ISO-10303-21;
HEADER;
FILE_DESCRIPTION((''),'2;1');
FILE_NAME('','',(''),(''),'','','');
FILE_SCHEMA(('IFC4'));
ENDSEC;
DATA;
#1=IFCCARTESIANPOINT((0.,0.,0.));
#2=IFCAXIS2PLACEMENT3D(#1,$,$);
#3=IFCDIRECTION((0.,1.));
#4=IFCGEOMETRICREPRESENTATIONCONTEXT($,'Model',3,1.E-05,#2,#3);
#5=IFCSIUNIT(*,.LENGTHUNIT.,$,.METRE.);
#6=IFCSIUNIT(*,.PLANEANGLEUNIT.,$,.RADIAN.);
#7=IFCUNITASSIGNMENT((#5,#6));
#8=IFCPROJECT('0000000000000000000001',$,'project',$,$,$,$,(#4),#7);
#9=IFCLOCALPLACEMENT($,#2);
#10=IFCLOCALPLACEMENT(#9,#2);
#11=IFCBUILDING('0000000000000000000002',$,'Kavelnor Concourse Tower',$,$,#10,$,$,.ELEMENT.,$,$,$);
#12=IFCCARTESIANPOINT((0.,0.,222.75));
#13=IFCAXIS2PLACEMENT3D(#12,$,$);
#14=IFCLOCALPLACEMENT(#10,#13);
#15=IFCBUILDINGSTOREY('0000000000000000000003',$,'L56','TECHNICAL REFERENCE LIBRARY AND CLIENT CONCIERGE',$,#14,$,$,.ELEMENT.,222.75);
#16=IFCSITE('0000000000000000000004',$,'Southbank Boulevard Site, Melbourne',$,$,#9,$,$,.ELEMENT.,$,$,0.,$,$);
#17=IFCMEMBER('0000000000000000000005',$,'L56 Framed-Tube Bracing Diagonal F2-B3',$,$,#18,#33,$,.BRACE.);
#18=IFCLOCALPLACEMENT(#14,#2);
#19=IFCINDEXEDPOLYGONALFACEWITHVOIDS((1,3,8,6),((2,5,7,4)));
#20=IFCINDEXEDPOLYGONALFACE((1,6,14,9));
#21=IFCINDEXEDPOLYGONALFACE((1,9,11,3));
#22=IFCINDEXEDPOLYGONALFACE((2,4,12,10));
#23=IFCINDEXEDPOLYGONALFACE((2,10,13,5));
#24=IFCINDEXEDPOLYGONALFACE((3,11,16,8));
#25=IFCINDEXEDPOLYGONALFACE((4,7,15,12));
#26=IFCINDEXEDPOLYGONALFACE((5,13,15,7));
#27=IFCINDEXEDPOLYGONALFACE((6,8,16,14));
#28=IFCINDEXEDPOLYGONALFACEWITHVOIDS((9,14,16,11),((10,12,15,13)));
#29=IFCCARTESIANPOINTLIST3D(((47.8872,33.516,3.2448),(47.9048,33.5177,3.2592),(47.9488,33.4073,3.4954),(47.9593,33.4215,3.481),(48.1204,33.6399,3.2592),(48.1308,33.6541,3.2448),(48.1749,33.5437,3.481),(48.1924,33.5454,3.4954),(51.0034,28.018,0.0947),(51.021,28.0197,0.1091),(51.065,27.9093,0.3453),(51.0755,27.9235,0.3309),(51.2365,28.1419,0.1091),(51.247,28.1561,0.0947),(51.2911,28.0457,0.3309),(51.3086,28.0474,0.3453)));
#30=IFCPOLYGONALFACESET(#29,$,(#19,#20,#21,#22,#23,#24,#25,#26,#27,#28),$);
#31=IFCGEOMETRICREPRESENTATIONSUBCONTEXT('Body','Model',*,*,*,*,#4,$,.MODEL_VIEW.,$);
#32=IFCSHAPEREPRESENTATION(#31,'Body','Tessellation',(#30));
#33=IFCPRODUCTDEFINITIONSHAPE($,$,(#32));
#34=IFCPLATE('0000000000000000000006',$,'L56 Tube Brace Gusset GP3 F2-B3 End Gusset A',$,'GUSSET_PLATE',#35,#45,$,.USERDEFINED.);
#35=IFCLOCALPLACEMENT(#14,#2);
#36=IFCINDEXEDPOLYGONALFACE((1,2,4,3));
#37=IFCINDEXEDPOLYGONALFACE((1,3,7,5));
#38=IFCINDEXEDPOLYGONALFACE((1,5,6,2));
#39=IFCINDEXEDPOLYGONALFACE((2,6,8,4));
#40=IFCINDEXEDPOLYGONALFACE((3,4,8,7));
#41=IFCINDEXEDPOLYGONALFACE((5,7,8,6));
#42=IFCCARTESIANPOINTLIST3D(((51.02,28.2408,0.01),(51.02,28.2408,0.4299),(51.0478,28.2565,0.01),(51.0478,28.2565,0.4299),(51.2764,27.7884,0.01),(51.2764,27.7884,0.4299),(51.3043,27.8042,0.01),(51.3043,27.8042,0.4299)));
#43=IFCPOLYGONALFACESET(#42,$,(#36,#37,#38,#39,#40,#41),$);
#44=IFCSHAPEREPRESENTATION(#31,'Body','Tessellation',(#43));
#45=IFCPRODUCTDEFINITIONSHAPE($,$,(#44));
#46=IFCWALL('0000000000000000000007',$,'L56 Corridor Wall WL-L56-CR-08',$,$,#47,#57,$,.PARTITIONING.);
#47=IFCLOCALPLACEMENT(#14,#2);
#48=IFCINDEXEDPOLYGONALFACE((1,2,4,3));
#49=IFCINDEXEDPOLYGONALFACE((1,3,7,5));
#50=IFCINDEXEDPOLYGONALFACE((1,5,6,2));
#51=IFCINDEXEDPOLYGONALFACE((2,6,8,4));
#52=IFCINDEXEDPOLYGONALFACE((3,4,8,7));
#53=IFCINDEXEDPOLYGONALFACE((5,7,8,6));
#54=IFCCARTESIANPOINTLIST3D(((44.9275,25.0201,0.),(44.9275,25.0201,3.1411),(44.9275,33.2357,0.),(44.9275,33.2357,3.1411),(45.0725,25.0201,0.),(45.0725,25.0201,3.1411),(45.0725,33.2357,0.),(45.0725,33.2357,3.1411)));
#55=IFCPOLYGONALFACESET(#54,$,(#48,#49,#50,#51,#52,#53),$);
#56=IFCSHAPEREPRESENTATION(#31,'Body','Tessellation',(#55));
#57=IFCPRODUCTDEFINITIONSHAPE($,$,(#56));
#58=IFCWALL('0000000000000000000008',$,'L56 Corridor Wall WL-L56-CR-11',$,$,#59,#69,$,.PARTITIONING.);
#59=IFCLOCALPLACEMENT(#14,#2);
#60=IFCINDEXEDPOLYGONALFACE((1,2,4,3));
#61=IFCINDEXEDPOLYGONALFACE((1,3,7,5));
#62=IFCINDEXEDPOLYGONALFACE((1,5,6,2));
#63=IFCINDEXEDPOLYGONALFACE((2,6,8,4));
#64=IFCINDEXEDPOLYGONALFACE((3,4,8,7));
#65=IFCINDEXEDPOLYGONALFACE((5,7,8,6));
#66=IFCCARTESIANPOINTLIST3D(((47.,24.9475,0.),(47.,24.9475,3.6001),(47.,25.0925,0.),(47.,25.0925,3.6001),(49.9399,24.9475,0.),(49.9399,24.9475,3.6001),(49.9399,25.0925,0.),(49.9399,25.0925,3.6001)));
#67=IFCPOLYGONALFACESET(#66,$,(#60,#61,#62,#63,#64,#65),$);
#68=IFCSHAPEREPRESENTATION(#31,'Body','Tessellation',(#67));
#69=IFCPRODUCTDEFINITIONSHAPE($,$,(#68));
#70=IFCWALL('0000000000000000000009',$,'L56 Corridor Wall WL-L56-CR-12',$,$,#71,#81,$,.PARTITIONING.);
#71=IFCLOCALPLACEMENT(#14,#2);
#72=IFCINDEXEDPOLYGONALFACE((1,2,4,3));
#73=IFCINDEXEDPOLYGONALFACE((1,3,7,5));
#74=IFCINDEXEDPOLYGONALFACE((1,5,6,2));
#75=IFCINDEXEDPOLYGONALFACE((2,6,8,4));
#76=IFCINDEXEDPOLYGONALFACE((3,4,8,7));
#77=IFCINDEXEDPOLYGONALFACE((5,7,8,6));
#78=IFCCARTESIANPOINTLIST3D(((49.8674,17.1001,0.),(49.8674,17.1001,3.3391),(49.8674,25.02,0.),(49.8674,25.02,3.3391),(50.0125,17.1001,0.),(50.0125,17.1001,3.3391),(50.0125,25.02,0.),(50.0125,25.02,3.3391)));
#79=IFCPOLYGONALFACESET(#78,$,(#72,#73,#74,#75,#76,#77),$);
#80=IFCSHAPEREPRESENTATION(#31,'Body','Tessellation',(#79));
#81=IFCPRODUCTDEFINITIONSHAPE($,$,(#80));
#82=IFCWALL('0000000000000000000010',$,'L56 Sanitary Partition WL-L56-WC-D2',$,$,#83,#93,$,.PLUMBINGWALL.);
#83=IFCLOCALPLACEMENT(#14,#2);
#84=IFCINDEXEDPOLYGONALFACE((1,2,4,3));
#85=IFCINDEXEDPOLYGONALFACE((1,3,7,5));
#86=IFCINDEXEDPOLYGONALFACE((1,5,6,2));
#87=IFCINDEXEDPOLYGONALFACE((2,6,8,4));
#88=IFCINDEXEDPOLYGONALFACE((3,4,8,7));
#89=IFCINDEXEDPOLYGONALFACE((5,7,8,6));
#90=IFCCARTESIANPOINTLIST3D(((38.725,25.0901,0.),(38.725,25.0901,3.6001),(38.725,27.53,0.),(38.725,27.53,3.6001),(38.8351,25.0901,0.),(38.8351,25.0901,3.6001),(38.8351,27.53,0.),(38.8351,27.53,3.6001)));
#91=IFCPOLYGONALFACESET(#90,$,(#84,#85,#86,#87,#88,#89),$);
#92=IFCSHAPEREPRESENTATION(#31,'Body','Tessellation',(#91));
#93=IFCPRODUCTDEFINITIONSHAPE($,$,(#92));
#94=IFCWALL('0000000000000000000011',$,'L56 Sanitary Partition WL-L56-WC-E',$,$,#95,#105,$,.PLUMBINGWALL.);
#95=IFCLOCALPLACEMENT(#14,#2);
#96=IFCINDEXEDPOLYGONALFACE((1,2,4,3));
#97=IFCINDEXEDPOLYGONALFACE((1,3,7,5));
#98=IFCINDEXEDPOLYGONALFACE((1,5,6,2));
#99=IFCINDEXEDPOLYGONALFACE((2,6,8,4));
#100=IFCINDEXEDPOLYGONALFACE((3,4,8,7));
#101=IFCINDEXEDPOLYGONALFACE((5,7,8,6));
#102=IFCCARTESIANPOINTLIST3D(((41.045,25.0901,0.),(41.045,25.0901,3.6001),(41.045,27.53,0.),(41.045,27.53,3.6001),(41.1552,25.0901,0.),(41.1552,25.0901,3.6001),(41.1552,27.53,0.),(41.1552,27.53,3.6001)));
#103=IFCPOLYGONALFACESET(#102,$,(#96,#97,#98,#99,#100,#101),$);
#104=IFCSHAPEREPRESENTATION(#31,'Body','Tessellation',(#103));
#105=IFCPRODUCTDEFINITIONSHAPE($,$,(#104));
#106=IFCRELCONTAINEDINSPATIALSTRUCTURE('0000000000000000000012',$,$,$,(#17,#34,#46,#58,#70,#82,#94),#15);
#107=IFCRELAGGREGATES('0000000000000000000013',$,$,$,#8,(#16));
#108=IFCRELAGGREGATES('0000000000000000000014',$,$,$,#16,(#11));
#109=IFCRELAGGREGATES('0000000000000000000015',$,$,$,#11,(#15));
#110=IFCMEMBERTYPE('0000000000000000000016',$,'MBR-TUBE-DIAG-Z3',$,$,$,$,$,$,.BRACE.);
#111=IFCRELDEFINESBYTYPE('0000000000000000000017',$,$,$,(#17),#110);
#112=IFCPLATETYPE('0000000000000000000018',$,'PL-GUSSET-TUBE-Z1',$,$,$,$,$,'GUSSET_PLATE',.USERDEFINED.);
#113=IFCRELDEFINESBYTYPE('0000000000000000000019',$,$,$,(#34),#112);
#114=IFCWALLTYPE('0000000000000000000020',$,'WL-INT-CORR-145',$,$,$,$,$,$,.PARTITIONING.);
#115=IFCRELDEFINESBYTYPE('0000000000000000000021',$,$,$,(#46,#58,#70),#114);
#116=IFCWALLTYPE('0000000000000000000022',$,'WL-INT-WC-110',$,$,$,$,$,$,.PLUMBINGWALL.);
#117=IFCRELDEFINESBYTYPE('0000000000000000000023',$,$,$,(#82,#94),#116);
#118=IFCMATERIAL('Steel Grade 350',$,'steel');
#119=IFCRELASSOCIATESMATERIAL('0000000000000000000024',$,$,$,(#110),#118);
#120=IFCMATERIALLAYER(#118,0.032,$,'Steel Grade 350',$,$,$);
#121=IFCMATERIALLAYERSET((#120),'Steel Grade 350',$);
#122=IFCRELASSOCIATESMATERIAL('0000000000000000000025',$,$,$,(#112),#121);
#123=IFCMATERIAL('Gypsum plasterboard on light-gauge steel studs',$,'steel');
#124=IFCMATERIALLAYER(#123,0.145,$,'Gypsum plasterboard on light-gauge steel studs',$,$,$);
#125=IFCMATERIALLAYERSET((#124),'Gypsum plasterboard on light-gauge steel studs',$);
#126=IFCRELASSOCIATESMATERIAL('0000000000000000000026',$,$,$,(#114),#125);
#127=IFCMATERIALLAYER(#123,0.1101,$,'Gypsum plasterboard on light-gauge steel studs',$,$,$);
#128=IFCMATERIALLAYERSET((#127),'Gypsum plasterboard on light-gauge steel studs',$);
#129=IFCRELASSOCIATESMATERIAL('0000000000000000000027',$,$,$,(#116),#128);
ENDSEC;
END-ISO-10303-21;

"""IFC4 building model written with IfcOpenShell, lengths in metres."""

from ifc_helpers import new_model, si_unit, direction, frame, frame_2d, origin, origin_2d, place, context, subcontext, project, spatial, rectangle, hollow_rectangle, extrude, material, layer, layer_set, material_profile, profile_set, type_object, element, save


model = new_model("IFC4")

# Units and contexts
model_context = context("Model", 3, precision=1e-05, world=origin(), true_north=direction((0.0, 1.0)))
body_context = subcontext(model_context, "Body", "Model", "MODEL_VIEW")
ifc_project = project(units=[si_unit("LENGTHUNIT", "METRE"), si_unit("PLANEANGLEUNIT", "RADIAN")], contexts=[model_context])

# Site, building, storey
site_placement = place(None, origin())
site = spatial("IfcSite", under=ifc_project, at=site_placement, Name="Southbank Boulevard Site, Melbourne", CompositionType="ELEMENT", RefElevation=0.0)
building_placement = place(site_placement, origin())
building = spatial("IfcBuilding", under=site, at=building_placement, Name="Kavelnor Concourse Tower", CompositionType="ELEMENT")
storey_placement = place(building_placement, frame((0.0, 0.0, 222.75)))
storey = spatial("IfcBuildingStorey", under=building, at=storey_placement, Name="L56", Description="TECHNICAL REFERENCE LIBRARY AND CLIENT CONCIERGE", CompositionType="ELEMENT", Elevation=222.75)

# Shared definitions
ifc_material_1 = material(Name="Steel Grade 350", Category="steel")

# Member
ifc_material_profile_1 = material_profile(ifc_material_1, hollow_rectangle(XDim=0.28, YDim=0.28, WallThickness=0.0161, at=origin_2d()), Name="SHS 280x280x16")
ifc_profile_set_1 = profile_set([ifc_material_profile_1], Name="Steel Grade 350")
member_type = type_object("IfcMemberType", Name="MBR-TUBE-DIAG-Z3", PredefinedType="BRACE", material=ifc_profile_set_1)
member_placement = place(storey_placement, frame((51.156, 28.0327, 0.22), z_axis=(-0.441305, 0.778611, 0.446111), x_axis=(-0.869978, -0.493091, 0.0)))
element("IfcMember", 1, at=member_placement, inside=storey, type_object=member_type, Name="L56 Framed-Tube Bracing Diagonal F2-B3", PredefinedType="BRACE", context=body_context, shape_type="SweptSolid", body=[
    extrude(hollow_rectangle(XDim=0.28, YDim=0.28, WallThickness=0.0161, at=origin_2d()), origin(), (0.0, 0.0, 1.0), 7.0613),
])

# Plate
ifc_layer_1 = layer(ifc_material_1, 0.032, Name="Steel Grade 350")
ifc_layer_set_1 = layer_set([ifc_layer_1], Name="Steel Grade 350")
plate_type = type_object("IfcPlateType", Name="PL-GUSSET-TUBE-Z1", ElementType="GUSSET_PLATE", PredefinedType="USERDEFINED", material=ifc_layer_set_1)
plate_placement = place(storey_placement, frame((51.1621, 28.0225, 0.01), z_axis=(0.0, 0.0, 1.0), x_axis=(-0.493183, 0.869926, 0.0)))
element("IfcPlate", 2, at=plate_placement, inside=storey, type_object=plate_type, Name="L56 Tube Brace Gusset GP3 F2-B3 End Gusset A", ObjectType="GUSSET_PLATE", PredefinedType="USERDEFINED", context=body_context, shape_type="SweptSolid", body=[
    extrude(rectangle(XDim=0.52, YDim=0.032, at=origin_2d()), origin(), (0.0, 0.0, 1.0), 0.4199),
])

# Walls
ifc_material_2 = material(Name="Gypsum plasterboard on light-gauge steel studs", Category="steel")
ifc_layer_2 = layer(ifc_material_2, 0.145, Name="Gypsum plasterboard on light-gauge steel studs")
ifc_layer_set_2 = layer_set([ifc_layer_2], Name="Gypsum plasterboard on light-gauge steel studs")
wall_type_1 = type_object("IfcWallType", Name="WL-INT-CORR-145", PredefinedType="PARTITIONING", material=ifc_layer_set_2)
wall_1_placement = place(storey_placement, frame((45.0, 25.02, 0.0), z_axis=(0.0, 0.0, 1.0), x_axis=(0.0, 1.0, 0.0)))
element("IfcWall", 3, at=wall_1_placement, inside=storey, type_object=wall_type_1, Name="L56 Corridor Wall WL-L56-CR-08", PredefinedType="PARTITIONING", context=body_context, shape_type="SweptSolid", body=[
    extrude(rectangle(XDim=8.2156, YDim=0.145, at=frame_2d((4.1079, 0.0))), origin(), (0.0, 0.0, 1.0), 3.1411),
])
wall_2_placement = place(storey_placement, frame((47.0, 25.02, 0.0), z_axis=(0.0, 0.0, 1.0), x_axis=(1.0, 0.0, 0.0)))
element("IfcWall", 4, at=wall_2_placement, inside=storey, type_object=wall_type_1, Name="L56 Corridor Wall WL-L56-CR-11", PredefinedType="PARTITIONING", context=body_context, shape_type="SweptSolid", body=[
    extrude(rectangle(XDim=2.9399, YDim=0.145, at=frame_2d((1.47, 0.0))), origin(), (0.0, 0.0, 1.0), 3.6001),
])
wall_3_placement = place(storey_placement, frame((49.9399, 25.02, 0.0), z_axis=(0.0, 0.0, 1.0), x_axis=(0.0, -1.0, 0.0)))
element("IfcWall", 5, at=wall_3_placement, inside=storey, type_object=wall_type_1, Name="L56 Corridor Wall WL-L56-CR-12", PredefinedType="PARTITIONING", context=body_context, shape_type="SweptSolid", body=[
    extrude(rectangle(XDim=7.9199, YDim=0.145, at=frame_2d((3.96, 0.0))), origin(), (0.0, 0.0, 1.0), 3.3391),
])
ifc_layer_3 = layer(ifc_material_2, 0.1101, Name="Gypsum plasterboard on light-gauge steel studs")
ifc_layer_set_3 = layer_set([ifc_layer_3], Name="Gypsum plasterboard on light-gauge steel studs")
wall_type_2 = type_object("IfcWallType", Name="WL-INT-WC-110", PredefinedType="PLUMBINGWALL", material=ifc_layer_set_3)
for number, where, z_axis, x_axis, name in (
    (6, (38.78, 25.0901, 0.0), (0.0, 0.0, 1.0), (0.0, 1.0, 0.0), "L56 Sanitary Partition WL-L56-WC-D2"),
    (7, (41.1001, 25.0901, 0.0), (0.0, 0.0, 1.0), (0.0, 1.0, 0.0), "L56 Sanitary Partition WL-L56-WC-E"),
):
    element("IfcWall", number, at=place(storey_placement, frame(where, z_axis=z_axis, x_axis=x_axis)), inside=storey, type_object=wall_type_2, Name=name, PredefinedType="PLUMBINGWALL", context=body_context, shape_type="SweptSolid", body=[
        extrude(rectangle(XDim=2.4399, YDim=0.1101, at=frame_2d((1.22, 0.0))), origin(), (0.0, 0.0, 1.0), 3.6001),
    ])

save(model, "model.ifc")
